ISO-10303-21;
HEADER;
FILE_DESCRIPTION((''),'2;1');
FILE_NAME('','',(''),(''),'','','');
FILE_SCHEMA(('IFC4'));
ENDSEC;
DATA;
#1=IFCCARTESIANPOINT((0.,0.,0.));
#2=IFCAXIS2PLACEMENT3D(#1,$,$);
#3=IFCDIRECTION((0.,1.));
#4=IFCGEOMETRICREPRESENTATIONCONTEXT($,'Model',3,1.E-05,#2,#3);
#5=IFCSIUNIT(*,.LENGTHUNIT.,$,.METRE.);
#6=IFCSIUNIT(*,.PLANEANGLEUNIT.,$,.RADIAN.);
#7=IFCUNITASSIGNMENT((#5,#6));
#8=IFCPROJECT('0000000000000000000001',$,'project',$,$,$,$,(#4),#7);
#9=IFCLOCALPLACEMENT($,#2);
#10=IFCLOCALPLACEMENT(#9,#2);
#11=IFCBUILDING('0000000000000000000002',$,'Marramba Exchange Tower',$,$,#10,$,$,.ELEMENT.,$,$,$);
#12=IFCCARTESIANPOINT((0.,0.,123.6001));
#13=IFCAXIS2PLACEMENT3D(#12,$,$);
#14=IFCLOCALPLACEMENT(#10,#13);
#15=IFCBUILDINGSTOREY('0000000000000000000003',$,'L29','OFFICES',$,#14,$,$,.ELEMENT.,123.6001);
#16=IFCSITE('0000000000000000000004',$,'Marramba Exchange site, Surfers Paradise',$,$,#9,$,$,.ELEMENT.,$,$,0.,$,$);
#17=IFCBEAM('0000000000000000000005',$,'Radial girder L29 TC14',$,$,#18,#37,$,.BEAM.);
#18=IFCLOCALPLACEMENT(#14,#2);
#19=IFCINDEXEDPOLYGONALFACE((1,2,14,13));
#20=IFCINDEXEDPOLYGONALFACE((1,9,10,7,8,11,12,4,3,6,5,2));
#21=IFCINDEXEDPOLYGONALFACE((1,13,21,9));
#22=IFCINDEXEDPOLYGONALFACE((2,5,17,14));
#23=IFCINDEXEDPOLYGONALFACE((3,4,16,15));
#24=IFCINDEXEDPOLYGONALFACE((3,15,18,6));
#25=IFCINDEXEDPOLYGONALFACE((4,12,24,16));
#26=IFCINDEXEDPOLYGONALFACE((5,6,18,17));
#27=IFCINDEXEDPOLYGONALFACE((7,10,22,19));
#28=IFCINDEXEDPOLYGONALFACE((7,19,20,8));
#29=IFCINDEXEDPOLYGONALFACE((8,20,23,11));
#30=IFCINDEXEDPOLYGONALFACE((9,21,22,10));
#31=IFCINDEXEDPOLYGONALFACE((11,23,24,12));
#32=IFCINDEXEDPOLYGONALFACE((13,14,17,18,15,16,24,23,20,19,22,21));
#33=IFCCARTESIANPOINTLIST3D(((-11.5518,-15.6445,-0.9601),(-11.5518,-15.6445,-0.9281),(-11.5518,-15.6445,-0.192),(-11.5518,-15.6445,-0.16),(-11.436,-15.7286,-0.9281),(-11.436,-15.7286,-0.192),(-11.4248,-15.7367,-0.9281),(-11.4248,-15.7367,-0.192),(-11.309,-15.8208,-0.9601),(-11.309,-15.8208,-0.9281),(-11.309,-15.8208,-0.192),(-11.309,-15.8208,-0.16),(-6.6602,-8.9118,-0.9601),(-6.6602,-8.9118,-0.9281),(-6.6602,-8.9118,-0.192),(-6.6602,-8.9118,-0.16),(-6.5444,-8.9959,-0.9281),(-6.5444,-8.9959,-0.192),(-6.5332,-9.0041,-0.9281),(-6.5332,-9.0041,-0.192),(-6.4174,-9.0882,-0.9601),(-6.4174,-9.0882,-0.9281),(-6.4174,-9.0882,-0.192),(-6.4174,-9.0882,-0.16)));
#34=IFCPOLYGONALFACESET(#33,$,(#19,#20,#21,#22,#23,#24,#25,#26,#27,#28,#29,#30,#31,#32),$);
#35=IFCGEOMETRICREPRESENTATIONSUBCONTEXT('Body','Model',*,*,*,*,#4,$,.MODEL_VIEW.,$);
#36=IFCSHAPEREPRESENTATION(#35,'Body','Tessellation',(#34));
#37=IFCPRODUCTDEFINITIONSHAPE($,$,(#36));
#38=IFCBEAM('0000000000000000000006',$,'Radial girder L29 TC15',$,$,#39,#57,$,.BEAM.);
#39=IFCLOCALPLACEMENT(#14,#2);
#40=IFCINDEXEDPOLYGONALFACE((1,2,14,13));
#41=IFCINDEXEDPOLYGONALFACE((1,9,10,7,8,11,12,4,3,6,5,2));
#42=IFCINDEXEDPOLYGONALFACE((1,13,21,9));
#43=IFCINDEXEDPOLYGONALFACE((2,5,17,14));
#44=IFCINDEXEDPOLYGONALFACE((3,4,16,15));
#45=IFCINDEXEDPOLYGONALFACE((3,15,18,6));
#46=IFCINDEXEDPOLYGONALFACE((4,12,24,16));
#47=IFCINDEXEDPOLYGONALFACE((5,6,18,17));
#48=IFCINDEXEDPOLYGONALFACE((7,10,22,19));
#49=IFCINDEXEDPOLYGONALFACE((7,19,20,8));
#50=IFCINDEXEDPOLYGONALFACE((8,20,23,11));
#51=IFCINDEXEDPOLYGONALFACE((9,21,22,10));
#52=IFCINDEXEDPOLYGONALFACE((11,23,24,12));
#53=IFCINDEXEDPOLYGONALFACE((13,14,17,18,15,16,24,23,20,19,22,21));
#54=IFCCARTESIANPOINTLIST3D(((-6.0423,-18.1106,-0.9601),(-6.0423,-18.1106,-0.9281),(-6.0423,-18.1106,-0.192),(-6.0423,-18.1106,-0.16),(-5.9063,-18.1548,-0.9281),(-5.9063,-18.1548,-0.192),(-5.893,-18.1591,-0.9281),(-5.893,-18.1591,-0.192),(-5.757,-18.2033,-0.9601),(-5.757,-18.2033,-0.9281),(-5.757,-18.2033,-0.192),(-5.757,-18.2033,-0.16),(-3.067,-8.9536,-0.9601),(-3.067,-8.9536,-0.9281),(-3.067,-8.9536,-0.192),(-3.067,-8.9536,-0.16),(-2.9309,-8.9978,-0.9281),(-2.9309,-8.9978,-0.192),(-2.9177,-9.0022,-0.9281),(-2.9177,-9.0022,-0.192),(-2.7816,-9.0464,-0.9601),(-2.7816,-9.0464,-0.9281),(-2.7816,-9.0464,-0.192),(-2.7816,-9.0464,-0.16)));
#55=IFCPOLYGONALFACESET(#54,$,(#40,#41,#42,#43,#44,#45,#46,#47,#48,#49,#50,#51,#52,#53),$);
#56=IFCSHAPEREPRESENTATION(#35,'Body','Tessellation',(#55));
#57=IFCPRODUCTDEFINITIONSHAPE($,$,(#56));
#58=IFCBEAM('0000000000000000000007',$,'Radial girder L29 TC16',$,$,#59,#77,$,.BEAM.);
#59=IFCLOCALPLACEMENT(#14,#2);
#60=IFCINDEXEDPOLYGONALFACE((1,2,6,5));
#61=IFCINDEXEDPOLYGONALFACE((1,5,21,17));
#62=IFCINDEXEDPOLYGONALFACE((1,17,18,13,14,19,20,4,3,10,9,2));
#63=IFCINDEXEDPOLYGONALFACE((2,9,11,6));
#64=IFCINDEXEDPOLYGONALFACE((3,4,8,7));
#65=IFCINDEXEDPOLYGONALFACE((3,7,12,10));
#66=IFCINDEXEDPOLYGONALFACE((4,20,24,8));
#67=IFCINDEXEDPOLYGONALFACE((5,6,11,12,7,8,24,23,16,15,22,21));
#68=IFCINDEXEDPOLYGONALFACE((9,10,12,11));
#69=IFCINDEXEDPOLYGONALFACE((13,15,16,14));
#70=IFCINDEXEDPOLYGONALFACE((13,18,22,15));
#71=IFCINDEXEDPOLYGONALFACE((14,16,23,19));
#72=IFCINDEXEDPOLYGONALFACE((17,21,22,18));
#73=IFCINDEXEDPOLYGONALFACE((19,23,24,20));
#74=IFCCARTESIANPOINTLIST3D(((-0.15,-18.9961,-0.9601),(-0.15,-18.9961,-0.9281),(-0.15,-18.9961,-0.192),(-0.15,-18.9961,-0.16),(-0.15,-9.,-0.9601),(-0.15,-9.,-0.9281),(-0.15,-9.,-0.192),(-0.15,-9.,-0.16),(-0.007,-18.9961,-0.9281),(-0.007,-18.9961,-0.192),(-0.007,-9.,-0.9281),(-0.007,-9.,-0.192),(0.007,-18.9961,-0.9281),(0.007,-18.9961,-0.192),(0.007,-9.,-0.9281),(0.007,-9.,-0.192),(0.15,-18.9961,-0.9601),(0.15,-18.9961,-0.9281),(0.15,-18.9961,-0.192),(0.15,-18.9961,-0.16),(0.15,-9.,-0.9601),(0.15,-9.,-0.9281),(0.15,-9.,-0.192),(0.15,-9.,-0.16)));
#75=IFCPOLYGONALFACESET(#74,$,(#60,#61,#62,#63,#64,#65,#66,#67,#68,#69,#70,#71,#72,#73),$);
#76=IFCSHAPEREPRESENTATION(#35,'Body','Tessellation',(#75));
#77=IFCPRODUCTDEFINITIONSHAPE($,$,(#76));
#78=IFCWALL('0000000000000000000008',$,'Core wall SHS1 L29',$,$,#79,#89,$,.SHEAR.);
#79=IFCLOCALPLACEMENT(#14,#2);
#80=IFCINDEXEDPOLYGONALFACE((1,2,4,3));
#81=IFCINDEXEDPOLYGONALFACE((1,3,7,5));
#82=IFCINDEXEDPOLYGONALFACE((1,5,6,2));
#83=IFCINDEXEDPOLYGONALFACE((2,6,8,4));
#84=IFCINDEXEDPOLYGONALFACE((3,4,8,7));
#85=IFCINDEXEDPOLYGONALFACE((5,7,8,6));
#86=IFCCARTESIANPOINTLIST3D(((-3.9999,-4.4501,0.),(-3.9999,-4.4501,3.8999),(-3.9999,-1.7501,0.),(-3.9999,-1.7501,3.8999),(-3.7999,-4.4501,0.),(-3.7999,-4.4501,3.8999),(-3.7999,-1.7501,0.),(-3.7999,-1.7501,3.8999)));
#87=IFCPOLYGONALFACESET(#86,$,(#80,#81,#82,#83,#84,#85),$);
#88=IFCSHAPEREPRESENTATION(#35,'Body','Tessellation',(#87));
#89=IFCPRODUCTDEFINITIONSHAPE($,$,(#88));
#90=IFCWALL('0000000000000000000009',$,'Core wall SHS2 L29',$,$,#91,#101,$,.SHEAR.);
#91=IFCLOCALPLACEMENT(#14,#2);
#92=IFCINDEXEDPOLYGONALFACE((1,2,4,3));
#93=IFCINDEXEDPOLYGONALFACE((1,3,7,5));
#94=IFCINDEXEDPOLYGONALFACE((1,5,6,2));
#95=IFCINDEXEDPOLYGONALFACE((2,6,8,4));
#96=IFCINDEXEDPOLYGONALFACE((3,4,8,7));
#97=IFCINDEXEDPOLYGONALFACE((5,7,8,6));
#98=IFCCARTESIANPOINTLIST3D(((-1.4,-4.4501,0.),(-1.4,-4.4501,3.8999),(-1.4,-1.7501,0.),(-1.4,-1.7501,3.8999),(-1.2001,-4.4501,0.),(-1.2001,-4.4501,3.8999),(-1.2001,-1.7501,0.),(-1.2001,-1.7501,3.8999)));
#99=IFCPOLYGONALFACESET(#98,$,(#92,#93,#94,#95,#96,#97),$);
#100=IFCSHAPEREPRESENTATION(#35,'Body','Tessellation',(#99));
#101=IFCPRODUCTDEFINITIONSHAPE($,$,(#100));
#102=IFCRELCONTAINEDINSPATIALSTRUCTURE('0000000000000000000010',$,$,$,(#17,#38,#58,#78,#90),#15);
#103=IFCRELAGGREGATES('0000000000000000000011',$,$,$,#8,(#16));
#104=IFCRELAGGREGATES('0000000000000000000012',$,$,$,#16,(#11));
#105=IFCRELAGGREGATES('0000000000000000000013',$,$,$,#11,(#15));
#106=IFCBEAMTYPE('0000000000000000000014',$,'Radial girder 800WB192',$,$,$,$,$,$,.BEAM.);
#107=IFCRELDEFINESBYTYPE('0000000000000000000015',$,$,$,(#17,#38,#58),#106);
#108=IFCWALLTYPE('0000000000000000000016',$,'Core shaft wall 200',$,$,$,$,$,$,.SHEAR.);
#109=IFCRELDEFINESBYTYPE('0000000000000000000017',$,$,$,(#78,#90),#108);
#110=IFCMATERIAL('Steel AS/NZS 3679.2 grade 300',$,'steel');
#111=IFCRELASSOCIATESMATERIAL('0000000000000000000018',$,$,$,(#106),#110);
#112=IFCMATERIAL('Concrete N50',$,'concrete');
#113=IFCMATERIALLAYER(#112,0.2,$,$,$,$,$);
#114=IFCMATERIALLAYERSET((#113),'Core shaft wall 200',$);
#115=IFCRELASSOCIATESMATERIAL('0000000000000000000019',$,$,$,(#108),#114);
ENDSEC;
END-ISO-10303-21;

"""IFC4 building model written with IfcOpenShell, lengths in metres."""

from ifc_helpers import new_model, si_unit, direction, frame, frame_2d, origin, origin_2d, place, context, subcontext, project, spatial, rectangle, i_section, extrude, material, layer, layer_set, material_profile, profile_set, type_object, element, save


model = new_model("IFC4")

# Units and contexts
model_context = context("Model", 3, precision=1e-05, world=origin(), true_north=direction((0.0, 1.0)))
body_context = subcontext(model_context, "Body", "Model", "MODEL_VIEW")
ifc_project = project(units=[si_unit("LENGTHUNIT", "METRE"), si_unit("PLANEANGLEUNIT", "RADIAN")], contexts=[model_context])

# Site, building, storey
site_placement = place(None, origin())
site = spatial("IfcSite", under=ifc_project, at=site_placement, Name="Marramba Exchange site, Surfers Paradise", CompositionType="ELEMENT", RefElevation=0.0)
building_placement = place(site_placement, origin())
building = spatial("IfcBuilding", under=site, at=building_placement, Name="Marramba Exchange Tower", CompositionType="ELEMENT")
storey_placement = place(building_placement, frame((0.0, 0.0, 123.6001)))
storey = spatial("IfcBuildingStorey", under=building, at=storey_placement, Name="L29", Description="OFFICES", CompositionType="ELEMENT", Elevation=123.6001)

# Beams
ifc_material_1 = material(Name="Steel AS/NZS 3679.2 grade 300", Category="steel")
ifc_material_profile = material_profile(ifc_material_1, i_section(OverallWidth=0.3, OverallDepth=0.8, WebThickness=0.0139, FlangeThickness=0.032, at=origin_2d()), Name="800WB192")
ifc_profile_set = profile_set([ifc_material_profile], Name="Steel AS/NZS 3679.2 grade 300")
beam_type = type_object("IfcBeamType", Name="Radial girder 800WB192", PredefinedType="BEAM", material=ifc_profile_set)
beam_1_placement = place(storey_placement, frame((-6.5388, -9.0, -0.5601), z_axis=(-0.587788, -0.809015, 0.0), x_axis=(0.809015, -0.587788, 0.0)))
element("IfcBeam", 1, at=beam_1_placement, inside=storey, type_object=beam_type, Name="Radial girder L29 TC14", PredefinedType="BEAM", context=body_context, shape_type="SweptSolid", body=[
    extrude(i_section(OverallWidth=0.3, OverallDepth=0.8, WebThickness=0.0139, FlangeThickness=0.032, at=origin_2d()), origin(), (0.0, 0.0, 1.0), 8.322),
])
beam_2_placement = place(storey_placement, frame((-2.9243, -9.0, -0.5601), z_axis=(-0.309022, -0.951055, 0.0), x_axis=(0.951055, -0.309022, 0.0)))
element("IfcBeam", 2, at=beam_2_placement, inside=storey, type_object=beam_type, Name="Radial girder L29 TC15", PredefinedType="BEAM", context=body_context, shape_type="SweptSolid", body=[
    extrude(i_section(OverallWidth=0.3, OverallDepth=0.8, WebThickness=0.0139, FlangeThickness=0.032, at=origin_2d()), origin(), (0.0, 0.0, 1.0), 9.6282),
])
beam_3_placement = place(storey_placement, frame((0.0, -9.0, -0.5601), z_axis=(0.0, -1.0, 0.0), x_axis=(1.0, 0.0, 0.0)))
element("IfcBeam", 3, at=beam_3_placement, inside=storey, type_object=beam_type, Name="Radial girder L29 TC16", PredefinedType="BEAM", context=body_context, shape_type="SweptSolid", body=[
    extrude(i_section(OverallWidth=0.3, OverallDepth=0.8, WebThickness=0.0139, FlangeThickness=0.032, at=origin_2d()), origin(), (0.0, 0.0, 1.0), 9.9961),
])

# Walls
ifc_material_2 = material(Name="Concrete N50", Category="concrete")
ifc_layer_1 = layer(ifc_material_2, 0.2)
ifc_layer_set_1 = layer_set([ifc_layer_1], Name="Core shaft wall 200")
wall_type_1 = type_object("IfcWallType", Name="Core shaft wall 200", PredefinedType="SHEAR", material=ifc_layer_set_1)
for number, where, z_axis, x_axis, name in (
    (4, (-3.8999, -1.75, 0.0), (0.0, 0.0, 1.0), (0.0, -1.0, 0.0), "Core wall SHS1 L29"),
    (5, (-1.3, -1.75, 0.0), (0.0, 0.0, 1.0), (0.0, -1.0, 0.0), "Core wall SHS2 L29"),
):
    element("IfcWall", number, at=place(storey_placement, frame(where, z_axis=z_axis, x_axis=x_axis)), inside=storey, type_object=wall_type_1, Name=name, PredefinedType="SHEAR", context=body_context, shape_type="SweptSolid", body=[
        extrude(rectangle(XDim=2.7, YDim=0.2, at=frame_2d((1.3501, 0.0))), origin(), (0.0, 0.0, 1.0), 3.8999),
    ])

save(model, "model.ifc")
